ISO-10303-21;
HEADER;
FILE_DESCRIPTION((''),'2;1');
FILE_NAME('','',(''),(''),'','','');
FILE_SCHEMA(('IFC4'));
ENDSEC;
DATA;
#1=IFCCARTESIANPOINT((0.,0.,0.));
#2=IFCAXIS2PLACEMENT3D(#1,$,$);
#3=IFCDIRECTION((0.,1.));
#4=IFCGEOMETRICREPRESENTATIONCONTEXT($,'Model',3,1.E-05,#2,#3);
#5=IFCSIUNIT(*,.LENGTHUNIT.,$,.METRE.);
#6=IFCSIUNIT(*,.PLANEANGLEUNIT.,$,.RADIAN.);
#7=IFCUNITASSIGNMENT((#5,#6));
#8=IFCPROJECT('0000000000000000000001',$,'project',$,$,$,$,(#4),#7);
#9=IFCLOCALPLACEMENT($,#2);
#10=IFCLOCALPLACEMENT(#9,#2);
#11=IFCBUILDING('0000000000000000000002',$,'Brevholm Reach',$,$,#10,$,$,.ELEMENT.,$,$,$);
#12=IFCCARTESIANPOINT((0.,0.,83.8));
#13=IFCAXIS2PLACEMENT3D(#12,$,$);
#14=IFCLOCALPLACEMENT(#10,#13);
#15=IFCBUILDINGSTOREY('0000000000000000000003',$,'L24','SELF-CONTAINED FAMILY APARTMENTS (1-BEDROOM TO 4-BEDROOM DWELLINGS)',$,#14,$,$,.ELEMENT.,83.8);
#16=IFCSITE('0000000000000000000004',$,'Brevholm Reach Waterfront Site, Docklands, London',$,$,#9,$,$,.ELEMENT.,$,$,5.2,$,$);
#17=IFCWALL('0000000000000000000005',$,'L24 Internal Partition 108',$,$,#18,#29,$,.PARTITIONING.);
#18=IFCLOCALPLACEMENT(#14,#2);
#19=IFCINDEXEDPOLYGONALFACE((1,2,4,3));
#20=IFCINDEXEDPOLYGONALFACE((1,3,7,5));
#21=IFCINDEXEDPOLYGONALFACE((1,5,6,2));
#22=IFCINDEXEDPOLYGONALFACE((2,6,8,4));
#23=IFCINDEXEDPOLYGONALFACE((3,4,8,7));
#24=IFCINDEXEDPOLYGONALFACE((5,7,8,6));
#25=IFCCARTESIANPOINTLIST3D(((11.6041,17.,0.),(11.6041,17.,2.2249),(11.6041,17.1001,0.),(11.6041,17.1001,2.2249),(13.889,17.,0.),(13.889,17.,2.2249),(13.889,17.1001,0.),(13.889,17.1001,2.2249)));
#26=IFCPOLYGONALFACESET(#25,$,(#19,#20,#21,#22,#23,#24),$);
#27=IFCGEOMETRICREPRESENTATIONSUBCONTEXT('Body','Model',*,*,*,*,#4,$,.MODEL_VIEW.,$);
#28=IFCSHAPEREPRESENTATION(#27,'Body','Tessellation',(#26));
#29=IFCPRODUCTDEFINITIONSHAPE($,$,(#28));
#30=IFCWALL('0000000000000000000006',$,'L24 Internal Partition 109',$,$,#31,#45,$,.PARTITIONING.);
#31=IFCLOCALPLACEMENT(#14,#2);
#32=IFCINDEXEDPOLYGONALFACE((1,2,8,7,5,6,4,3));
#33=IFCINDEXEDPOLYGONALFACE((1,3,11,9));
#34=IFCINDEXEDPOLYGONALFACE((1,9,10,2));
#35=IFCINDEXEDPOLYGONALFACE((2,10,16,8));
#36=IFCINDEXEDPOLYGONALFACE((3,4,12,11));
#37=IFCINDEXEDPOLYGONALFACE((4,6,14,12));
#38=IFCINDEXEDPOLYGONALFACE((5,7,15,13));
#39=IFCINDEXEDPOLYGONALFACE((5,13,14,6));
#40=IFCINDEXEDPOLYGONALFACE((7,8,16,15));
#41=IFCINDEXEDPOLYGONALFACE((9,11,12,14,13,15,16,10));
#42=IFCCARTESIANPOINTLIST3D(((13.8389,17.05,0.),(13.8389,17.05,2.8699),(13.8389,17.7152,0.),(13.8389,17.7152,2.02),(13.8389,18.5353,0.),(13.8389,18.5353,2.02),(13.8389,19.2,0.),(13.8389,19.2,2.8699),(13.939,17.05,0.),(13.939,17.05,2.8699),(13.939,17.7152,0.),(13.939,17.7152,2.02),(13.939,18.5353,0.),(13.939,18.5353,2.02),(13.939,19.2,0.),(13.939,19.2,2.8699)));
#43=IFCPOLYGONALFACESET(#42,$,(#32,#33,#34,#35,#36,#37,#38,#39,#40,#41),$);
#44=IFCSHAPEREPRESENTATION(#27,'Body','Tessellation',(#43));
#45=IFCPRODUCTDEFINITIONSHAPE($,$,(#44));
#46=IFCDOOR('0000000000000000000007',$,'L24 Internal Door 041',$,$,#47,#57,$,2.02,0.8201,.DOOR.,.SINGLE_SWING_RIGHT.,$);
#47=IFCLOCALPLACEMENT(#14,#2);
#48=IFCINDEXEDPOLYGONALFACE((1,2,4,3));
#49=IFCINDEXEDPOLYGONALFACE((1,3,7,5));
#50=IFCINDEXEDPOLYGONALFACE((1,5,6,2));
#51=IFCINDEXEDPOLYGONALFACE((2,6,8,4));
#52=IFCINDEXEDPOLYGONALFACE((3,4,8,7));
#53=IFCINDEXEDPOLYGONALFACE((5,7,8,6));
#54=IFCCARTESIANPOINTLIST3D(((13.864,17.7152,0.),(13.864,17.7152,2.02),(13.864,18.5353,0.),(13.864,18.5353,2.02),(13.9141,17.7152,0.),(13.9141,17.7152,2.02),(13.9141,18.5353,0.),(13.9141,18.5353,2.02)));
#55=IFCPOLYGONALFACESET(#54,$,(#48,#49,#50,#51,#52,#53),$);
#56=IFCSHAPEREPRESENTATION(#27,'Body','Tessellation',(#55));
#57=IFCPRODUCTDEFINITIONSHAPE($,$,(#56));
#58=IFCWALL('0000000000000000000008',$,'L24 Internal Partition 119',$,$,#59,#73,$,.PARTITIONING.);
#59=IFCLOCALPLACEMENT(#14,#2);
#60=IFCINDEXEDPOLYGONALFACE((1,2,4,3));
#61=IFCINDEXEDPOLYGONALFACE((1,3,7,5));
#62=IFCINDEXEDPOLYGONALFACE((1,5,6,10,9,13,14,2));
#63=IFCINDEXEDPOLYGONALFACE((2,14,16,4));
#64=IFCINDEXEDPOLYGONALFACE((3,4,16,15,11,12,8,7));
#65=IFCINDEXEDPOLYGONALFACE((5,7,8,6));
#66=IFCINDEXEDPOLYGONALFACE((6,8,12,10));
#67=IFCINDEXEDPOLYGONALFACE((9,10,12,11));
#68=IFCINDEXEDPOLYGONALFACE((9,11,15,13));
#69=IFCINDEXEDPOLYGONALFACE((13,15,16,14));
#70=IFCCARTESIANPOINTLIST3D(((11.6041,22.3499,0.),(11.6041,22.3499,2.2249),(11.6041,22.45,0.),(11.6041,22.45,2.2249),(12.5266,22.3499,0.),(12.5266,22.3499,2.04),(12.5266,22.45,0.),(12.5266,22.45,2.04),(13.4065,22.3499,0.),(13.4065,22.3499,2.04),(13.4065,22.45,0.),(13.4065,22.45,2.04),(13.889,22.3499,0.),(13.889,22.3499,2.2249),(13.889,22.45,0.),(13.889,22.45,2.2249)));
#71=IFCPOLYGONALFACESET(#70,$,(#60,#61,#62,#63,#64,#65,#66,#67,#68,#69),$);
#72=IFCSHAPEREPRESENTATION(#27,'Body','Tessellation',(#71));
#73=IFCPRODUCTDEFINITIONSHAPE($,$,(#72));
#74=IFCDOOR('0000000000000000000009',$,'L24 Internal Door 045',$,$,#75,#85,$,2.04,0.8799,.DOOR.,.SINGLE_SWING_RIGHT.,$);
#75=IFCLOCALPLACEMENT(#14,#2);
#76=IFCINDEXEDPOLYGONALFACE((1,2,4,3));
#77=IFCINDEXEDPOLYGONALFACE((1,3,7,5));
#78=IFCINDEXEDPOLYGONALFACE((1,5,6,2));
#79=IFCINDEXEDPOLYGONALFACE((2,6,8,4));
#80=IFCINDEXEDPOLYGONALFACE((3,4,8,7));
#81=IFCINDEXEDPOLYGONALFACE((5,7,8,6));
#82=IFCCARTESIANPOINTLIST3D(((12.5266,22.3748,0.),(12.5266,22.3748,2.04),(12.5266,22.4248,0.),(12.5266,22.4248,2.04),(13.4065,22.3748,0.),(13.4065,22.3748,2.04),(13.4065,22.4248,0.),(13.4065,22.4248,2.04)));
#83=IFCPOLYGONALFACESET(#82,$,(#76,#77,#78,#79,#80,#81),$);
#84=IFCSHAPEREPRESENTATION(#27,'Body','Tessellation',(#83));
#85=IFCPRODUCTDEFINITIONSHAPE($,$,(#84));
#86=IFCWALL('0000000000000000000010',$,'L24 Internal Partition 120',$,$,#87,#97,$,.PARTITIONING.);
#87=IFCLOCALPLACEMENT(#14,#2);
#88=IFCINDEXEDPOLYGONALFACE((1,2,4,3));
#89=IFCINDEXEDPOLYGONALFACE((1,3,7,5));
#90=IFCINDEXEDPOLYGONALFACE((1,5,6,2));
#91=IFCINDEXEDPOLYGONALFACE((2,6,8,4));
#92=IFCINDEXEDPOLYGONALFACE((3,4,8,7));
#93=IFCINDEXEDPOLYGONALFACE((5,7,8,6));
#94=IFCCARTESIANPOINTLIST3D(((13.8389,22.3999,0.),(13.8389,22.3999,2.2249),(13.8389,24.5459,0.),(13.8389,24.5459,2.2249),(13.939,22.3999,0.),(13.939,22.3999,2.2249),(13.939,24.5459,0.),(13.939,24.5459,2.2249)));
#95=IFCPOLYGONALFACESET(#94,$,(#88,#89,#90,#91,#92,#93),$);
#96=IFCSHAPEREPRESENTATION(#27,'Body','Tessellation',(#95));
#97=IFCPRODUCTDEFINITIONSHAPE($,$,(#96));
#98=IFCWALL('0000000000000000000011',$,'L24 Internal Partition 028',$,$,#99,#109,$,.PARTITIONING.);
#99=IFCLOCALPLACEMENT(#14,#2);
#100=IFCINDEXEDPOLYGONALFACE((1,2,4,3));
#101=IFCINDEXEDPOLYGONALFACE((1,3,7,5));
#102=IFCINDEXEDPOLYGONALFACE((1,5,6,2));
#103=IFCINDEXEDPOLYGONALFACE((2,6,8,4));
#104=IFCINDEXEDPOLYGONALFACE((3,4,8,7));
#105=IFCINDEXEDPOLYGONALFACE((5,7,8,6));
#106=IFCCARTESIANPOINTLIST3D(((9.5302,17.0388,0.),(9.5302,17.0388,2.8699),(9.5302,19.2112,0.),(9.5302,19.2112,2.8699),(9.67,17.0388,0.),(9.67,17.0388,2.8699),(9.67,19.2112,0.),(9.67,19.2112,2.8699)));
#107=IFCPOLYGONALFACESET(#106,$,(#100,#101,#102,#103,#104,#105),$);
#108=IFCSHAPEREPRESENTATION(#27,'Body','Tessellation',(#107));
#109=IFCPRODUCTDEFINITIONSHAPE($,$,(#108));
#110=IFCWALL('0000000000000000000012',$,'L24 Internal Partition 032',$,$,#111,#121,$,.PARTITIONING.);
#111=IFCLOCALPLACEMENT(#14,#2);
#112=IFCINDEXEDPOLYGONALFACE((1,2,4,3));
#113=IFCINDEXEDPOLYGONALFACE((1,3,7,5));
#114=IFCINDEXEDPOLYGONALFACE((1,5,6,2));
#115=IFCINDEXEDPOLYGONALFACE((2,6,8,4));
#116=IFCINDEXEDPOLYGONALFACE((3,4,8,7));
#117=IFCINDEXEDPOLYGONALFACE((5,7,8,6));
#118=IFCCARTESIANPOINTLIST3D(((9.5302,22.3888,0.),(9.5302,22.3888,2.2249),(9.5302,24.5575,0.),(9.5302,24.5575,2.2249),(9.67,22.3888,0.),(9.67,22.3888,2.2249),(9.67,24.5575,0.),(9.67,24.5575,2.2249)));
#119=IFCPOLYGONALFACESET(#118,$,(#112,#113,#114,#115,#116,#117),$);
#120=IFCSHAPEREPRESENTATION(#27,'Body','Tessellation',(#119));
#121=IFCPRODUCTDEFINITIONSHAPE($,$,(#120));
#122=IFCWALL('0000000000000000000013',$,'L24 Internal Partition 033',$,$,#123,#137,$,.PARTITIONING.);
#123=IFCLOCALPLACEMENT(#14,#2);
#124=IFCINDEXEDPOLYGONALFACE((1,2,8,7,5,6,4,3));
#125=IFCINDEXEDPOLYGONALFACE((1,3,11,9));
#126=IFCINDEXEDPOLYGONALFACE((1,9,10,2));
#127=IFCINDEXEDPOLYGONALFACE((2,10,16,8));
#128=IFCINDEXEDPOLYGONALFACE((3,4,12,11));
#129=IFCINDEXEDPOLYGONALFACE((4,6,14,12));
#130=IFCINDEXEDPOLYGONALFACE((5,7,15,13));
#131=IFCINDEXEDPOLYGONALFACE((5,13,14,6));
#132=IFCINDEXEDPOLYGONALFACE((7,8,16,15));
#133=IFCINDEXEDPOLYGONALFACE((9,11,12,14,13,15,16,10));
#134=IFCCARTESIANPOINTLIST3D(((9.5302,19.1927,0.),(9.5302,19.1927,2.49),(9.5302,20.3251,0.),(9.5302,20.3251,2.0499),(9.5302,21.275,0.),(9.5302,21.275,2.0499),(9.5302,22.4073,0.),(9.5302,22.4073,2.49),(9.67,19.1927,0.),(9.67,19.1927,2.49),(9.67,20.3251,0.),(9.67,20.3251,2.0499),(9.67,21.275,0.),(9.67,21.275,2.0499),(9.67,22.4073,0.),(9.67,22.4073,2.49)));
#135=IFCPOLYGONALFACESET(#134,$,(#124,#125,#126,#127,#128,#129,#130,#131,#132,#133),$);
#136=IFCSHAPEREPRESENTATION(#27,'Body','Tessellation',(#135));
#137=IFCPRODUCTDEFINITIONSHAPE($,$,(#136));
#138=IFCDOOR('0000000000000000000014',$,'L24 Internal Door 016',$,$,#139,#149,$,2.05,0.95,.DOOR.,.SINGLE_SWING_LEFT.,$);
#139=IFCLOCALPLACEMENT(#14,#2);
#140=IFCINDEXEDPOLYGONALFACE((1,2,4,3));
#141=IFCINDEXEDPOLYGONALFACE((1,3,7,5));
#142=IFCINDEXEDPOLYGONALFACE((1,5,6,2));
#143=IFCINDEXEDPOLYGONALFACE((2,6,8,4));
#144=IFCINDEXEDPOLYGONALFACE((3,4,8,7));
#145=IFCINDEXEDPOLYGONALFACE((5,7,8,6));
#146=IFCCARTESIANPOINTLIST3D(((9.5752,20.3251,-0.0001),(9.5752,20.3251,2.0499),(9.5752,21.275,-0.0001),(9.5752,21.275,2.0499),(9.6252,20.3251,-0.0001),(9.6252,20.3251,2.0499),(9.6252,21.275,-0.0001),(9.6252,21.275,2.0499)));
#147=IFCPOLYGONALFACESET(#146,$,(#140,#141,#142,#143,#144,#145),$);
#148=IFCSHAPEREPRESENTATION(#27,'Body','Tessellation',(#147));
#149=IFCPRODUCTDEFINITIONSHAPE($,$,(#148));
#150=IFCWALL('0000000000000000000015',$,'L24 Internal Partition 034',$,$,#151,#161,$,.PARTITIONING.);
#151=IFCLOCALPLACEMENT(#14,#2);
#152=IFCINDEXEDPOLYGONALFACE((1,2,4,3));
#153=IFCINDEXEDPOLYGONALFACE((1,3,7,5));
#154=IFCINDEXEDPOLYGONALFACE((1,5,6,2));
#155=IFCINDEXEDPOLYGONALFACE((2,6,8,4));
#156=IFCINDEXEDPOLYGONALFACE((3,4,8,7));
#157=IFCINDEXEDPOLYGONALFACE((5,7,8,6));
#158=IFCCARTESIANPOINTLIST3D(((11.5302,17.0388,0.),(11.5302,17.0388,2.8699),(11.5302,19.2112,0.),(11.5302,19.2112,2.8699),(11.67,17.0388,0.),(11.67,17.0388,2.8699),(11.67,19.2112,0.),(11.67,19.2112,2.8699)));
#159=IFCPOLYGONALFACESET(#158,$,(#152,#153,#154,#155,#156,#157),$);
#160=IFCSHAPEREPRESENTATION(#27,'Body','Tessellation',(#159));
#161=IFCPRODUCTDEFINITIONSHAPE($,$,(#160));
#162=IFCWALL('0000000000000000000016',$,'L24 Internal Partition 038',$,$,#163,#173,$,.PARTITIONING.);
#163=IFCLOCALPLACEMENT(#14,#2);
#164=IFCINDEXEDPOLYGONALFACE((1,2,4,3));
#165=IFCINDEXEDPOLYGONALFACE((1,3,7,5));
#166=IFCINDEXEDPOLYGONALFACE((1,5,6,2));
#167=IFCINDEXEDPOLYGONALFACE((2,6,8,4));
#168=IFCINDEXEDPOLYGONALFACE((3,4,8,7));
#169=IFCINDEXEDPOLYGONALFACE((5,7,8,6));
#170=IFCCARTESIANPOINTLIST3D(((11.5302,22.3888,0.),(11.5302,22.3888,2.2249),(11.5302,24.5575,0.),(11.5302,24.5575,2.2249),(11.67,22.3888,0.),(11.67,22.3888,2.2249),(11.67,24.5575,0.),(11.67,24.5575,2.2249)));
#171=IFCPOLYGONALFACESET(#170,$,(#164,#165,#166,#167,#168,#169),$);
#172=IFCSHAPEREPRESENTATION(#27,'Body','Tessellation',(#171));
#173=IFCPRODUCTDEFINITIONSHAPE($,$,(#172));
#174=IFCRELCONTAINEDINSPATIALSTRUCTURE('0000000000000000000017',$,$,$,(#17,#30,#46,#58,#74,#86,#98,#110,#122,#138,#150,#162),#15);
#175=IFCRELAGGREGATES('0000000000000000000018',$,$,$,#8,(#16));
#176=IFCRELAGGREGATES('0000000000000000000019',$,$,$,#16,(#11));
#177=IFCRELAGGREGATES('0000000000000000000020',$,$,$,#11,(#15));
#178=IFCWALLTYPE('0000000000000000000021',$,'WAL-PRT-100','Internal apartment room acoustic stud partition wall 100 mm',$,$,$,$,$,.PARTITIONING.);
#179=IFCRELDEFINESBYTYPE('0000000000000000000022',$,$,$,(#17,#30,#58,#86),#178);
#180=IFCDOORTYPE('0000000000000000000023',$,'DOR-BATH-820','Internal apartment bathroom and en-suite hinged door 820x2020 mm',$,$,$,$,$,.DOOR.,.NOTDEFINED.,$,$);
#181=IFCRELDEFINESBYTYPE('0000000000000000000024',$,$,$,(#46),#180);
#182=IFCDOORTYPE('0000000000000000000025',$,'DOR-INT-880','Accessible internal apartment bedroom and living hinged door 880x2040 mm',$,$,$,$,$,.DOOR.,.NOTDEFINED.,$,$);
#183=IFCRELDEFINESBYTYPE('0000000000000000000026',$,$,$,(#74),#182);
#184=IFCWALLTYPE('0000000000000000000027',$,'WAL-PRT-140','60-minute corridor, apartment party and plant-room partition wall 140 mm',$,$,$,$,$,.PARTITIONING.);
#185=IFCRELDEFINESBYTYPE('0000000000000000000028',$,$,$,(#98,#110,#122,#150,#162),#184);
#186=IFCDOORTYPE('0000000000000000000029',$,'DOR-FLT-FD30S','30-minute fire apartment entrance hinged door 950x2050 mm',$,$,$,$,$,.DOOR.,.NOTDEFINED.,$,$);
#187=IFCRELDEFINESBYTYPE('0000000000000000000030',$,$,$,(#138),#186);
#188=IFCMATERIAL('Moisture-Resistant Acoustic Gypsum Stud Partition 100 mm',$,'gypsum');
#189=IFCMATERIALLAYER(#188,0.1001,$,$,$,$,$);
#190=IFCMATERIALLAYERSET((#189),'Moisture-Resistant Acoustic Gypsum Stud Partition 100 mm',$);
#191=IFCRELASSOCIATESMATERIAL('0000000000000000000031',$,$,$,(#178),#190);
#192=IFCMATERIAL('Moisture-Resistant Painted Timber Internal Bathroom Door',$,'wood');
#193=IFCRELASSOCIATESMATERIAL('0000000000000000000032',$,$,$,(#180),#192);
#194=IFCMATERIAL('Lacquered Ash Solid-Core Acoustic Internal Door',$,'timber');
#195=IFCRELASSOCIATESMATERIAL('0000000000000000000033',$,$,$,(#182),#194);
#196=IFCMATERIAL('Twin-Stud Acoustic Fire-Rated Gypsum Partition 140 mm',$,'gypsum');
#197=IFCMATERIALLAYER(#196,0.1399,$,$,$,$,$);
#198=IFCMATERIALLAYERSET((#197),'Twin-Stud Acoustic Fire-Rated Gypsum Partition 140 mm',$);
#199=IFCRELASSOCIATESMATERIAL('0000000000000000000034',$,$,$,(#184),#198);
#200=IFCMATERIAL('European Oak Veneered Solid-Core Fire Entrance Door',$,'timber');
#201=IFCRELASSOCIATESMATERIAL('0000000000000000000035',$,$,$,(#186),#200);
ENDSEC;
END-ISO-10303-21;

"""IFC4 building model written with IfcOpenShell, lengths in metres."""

from ifc_helpers import new_model, si_unit, direction, frame, frame_2d, origin, place, context, subcontext, project, spatial, rectangle, extrude, material, layer, layer_set, type_object, element, fill, save


model = new_model("IFC4")

# Units and contexts
model_context = context("Model", 3, precision=1e-05, world=origin(), true_north=direction((0.0, 1.0)))
body_context = subcontext(model_context, "Body", "Model", "MODEL_VIEW")
ifc_project = project(units=[si_unit("LENGTHUNIT", "METRE"), si_unit("PLANEANGLEUNIT", "RADIAN")], contexts=[model_context])

# Site, building, storey
site_placement = place(None, origin())
site = spatial("IfcSite", under=ifc_project, at=site_placement, Name="Brevholm Reach Waterfront Site, Docklands, London", CompositionType="ELEMENT", RefElevation=5.2)
building_placement = place(site_placement, origin())
building = spatial("IfcBuilding", under=site, at=building_placement, Name="Brevholm Reach", CompositionType="ELEMENT")
storey_placement = place(building_placement, frame((0.0, 0.0, 83.8)))
storey = spatial("IfcBuildingStorey", under=building, at=storey_placement, Name="L24", Description="SELF-CONTAINED FAMILY APARTMENTS (1-BEDROOM TO 4-BEDROOM DWELLINGS)", CompositionType="ELEMENT", Elevation=83.8)

# Wall
ifc_material_1 = material(Name="Moisture-Resistant Acoustic Gypsum Stud Partition 100 mm", Category="gypsum")
ifc_layer_1 = layer(ifc_material_1, 0.1001)
ifc_layer_set_1 = layer_set([ifc_layer_1], Name="Moisture-Resistant Acoustic Gypsum Stud Partition 100 mm")
wall_type_1 = type_object("IfcWallType", Name="WAL-PRT-100", Description="Internal apartment room acoustic stud partition wall 100 mm", PredefinedType="PARTITIONING", material=ifc_layer_set_1)
wall_1_placement = place(storey_placement, frame((11.604, 17.05, 0.0), z_axis=(0.0, 0.0, 1.0), x_axis=(1.0, 0.0, 0.0)))
element("IfcWall", 1, at=wall_1_placement, inside=storey, type_object=wall_type_1, Name="L24 Internal Partition 108", PredefinedType="PARTITIONING", context=body_context, shape_type="SweptSolid", body=[
    extrude(rectangle(XDim=2.2849, YDim=0.1001, at=frame_2d((1.1426, 0.0))), origin(), (0.0, 0.0, 1.0), 2.2249),
])

# Walls, openings, doors
wall_2_placement = place(storey_placement, frame((13.8889, 17.05, 0.0), z_axis=(0.0, 0.0, 1.0), x_axis=(0.0, 1.0, 0.0)))
wall_2 = element("IfcWall", 2, at=wall_2_placement, inside=storey, type_object=wall_type_1, Name="L24 Internal Partition 109", PredefinedType="PARTITIONING", context=body_context, shape_type="SweptSolid", body=[
    extrude(rectangle(XDim=2.1499, YDim=0.1001, at=frame_2d((1.075, 0.0))), origin(), (0.0, 0.0, 1.0), 2.8699),
])
opening_1_placement = place(wall_2_placement, frame((0.665, 0.0, 0.0)))
opening_1 = element("IfcOpeningElement", 3, at=opening_1_placement, cuts=wall_2, PredefinedType="OPENING", context=body_context, shape_type="SweptSolid", body=[
    extrude(rectangle(XDim=0.8201, YDim=2.02, at=frame_2d((0.4102, 1.01))), frame((0.0, 0.0601, 0.0), z_axis=(0.0, -1.0, 0.0), x_axis=(1.0, 0.0, 0.0)), (0.0, 0.0, 1.0), 0.1201),
])
ifc_material_2 = material(Name="Moisture-Resistant Painted Timber Internal Bathroom Door", Category="wood")
door_type_1 = type_object("IfcDoorType", Name="DOR-BATH-820", Description="Internal apartment bathroom and en-suite hinged door 820x2020 mm", OperationType="NOTDEFINED", PredefinedType="DOOR", material=ifc_material_2)
door_1_placement = place(opening_1_placement, origin())
door_1 = element("IfcDoor", 4, at=door_1_placement, inside=storey, type_object=door_type_1, Name="L24 Internal Door 041", OperationType="SINGLE_SWING_RIGHT", OverallHeight=2.02, OverallWidth=0.8201, PredefinedType="DOOR", context=body_context, shape_type="SweptSolid", body=[
    extrude(rectangle(XDim=0.8201, YDim=2.02, at=frame_2d((0.4102, 1.01))), frame((0.0, 0.0249, 0.0), z_axis=(0.0, -1.0, 0.0), x_axis=(1.0, 0.0, 0.0)), (0.0, 0.0, 1.0), 0.05),
])
fill(opening_1, door_1)
wall_3_placement = place(storey_placement, frame((11.604, 22.3999, 0.0), z_axis=(0.0, 0.0, 1.0), x_axis=(1.0, 0.0, 0.0)))
wall_3 = element("IfcWall", 5, at=wall_3_placement, inside=storey, type_object=wall_type_1, Name="L24 Internal Partition 119", PredefinedType="PARTITIONING", context=body_context, shape_type="SweptSolid", body=[
    extrude(rectangle(XDim=2.2849, YDim=0.1001, at=frame_2d((1.1426, 0.0))), origin(), (0.0, 0.0, 1.0), 2.2249),
])
opening_2_placement = place(wall_3_placement, frame((0.9226, 0.0, 0.0)))
opening_2 = element("IfcOpeningElement", 6, at=opening_2_placement, cuts=wall_3, PredefinedType="OPENING", context=body_context, shape_type="SweptSolid", body=[
    extrude(rectangle(XDim=0.8799, YDim=2.04, at=frame_2d((0.4399, 1.02))), frame((0.0, 0.0601, 0.0), z_axis=(0.0, -1.0, 0.0), x_axis=(1.0, 0.0, 0.0)), (0.0, 0.0, 1.0), 0.1201),
])
ifc_material_3 = material(Name="Lacquered Ash Solid-Core Acoustic Internal Door", Category="timber")
door_type_2 = type_object("IfcDoorType", Name="DOR-INT-880", Description="Accessible internal apartment bedroom and living hinged door 880x2040 mm", OperationType="NOTDEFINED", PredefinedType="DOOR", material=ifc_material_3)
door_2_placement = place(opening_2_placement, origin())
door_2 = element("IfcDoor", 7, at=door_2_placement, inside=storey, type_object=door_type_2, Name="L24 Internal Door 045", OperationType="SINGLE_SWING_RIGHT", OverallHeight=2.04, OverallWidth=0.8799, PredefinedType="DOOR", context=body_context, shape_type="SweptSolid", body=[
    extrude(rectangle(XDim=0.8799, YDim=2.04, at=frame_2d((0.4399, 1.02))), frame((0.0, 0.0249, 0.0), z_axis=(0.0, -1.0, 0.0), x_axis=(1.0, 0.0, 0.0)), (0.0, 0.0, 1.0), 0.05),
])
fill(opening_2, door_2)

# Walls
wall_4_placement = place(storey_placement, frame((13.8889, 22.3999, 0.0), z_axis=(0.0, 0.0, 1.0), x_axis=(0.0, 1.0, 0.0)))
element("IfcWall", 8, at=wall_4_placement, inside=storey, type_object=wall_type_1, Name="L24 Internal Partition 120", PredefinedType="PARTITIONING", context=body_context, shape_type="SweptSolid", body=[
    extrude(rectangle(XDim=2.146, YDim=0.1001, at=frame_2d((1.073, 0.0))), origin(), (0.0, 0.0, 1.0), 2.2249),
])
ifc_material_4 = material(Name="Twin-Stud Acoustic Fire-Rated Gypsum Partition 140 mm", Category="gypsum")
ifc_layer_2 = layer(ifc_material_4, 0.1399)
ifc_layer_set_2 = layer_set([ifc_layer_2], Name="Twin-Stud Acoustic Fire-Rated Gypsum Partition 140 mm")
wall_type_2 = type_object("IfcWallType", Name="WAL-PRT-140", Description="60-minute corridor, apartment party and plant-room partition wall 140 mm", PredefinedType="PARTITIONING", material=ifc_layer_set_2)
wall_5_placement = place(storey_placement, frame((9.6001, 17.0388, 0.0), z_axis=(0.0, 0.0, 1.0), x_axis=(0.0, 1.0, 0.0)))
element("IfcWall", 9, at=wall_5_placement, inside=storey, type_object=wall_type_2, Name="L24 Internal Partition 028", PredefinedType="PARTITIONING", context=body_context, shape_type="SweptSolid", body=[
    extrude(rectangle(XDim=2.1724, YDim=0.1399, at=frame_2d((1.0862, 0.0))), origin(), (0.0, 0.0, 1.0), 2.8699),
])
wall_6_placement = place(storey_placement, frame((9.6001, 22.3887, 0.0), z_axis=(0.0, 0.0, 1.0), x_axis=(0.0, 1.0, 0.0)))
element("IfcWall", 10, at=wall_6_placement, inside=storey, type_object=wall_type_2, Name="L24 Internal Partition 032", PredefinedType="PARTITIONING", context=body_context, shape_type="SweptSolid", body=[
    extrude(rectangle(XDim=2.1687, YDim=0.1399, at=frame_2d((1.0845, 0.0))), origin(), (0.0, 0.0, 1.0), 2.2249),
])

# Wall, opening, door
wall_7_placement = place(storey_placement, frame((9.6001, 19.1926, 0.0), z_axis=(0.0, 0.0, 1.0), x_axis=(0.0, 1.0, 0.0)))
wall_7 = element("IfcWall", 11, at=wall_7_placement, inside=storey, type_object=wall_type_2, Name="L24 Internal Partition 033", PredefinedType="PARTITIONING", context=body_context, shape_type="SweptSolid", body=[
    extrude(rectangle(XDim=3.2146, YDim=0.1399, at=frame_2d((1.6074, 0.0))), origin(), (0.0, 0.0, 1.0), 2.49),
])
opening_3_placement = place(wall_7_placement, frame((1.1323, 0.0, 0.0)))
opening_3 = element("IfcOpeningElement", 12, at=opening_3_placement, cuts=wall_7, PredefinedType="OPENING", context=body_context, shape_type="SweptSolid", body=[
    extrude(rectangle(XDim=0.95, YDim=2.05, at=frame_2d((0.4751, 1.0249))), frame((0.0, 0.0798, 0.0), z_axis=(0.0, -1.0, 0.0), x_axis=(1.0, 0.0, 0.0)), (0.0, 0.0, 1.0), 0.1599),
])
ifc_material_5 = material(Name="European Oak Veneered Solid-Core Fire Entrance Door", Category="timber")
door_type_3 = type_object("IfcDoorType", Name="DOR-FLT-FD30S", Description="30-minute fire apartment entrance hinged door 950x2050 mm", OperationType="NOTDEFINED", PredefinedType="DOOR", material=ifc_material_5)
door_3_placement = place(opening_3_placement, origin())
door_3 = element("IfcDoor", 13, at=door_3_placement, inside=storey, type_object=door_type_3, Name="L24 Internal Door 016", OperationType="SINGLE_SWING_LEFT", OverallHeight=2.05, OverallWidth=0.95, PredefinedType="DOOR", context=body_context, shape_type="SweptSolid", body=[
    extrude(rectangle(XDim=0.95, YDim=2.05, at=frame_2d((0.4751, 1.0249))), frame((0.0, 0.0249, 0.0), z_axis=(0.0, -1.0, 0.0), x_axis=(1.0, 0.0, 0.0)), (0.0, 0.0, 1.0), 0.05),
])
fill(opening_3, door_3)

# Walls
wall_8_placement = place(storey_placement, frame((11.6001, 17.0388, 0.0), z_axis=(0.0, 0.0, 1.0), x_axis=(0.0, 1.0, 0.0)))
element("IfcWall", 14, at=wall_8_placement, inside=storey, type_object=wall_type_2, Name="L24 Internal Partition 034", PredefinedType="PARTITIONING", context=body_context, shape_type="SweptSolid", body=[
    extrude(rectangle(XDim=2.1724, YDim=0.1399, at=frame_2d((1.0862, 0.0))), origin(), (0.0, 0.0, 1.0), 2.8699),
])
wall_9_placement = place(storey_placement, frame((11.6001, 22.3887, 0.0), z_axis=(0.0, 0.0, 1.0), x_axis=(0.0, 1.0, 0.0)))
element("IfcWall", 15, at=wall_9_placement, inside=storey, type_object=wall_type_2, Name="L24 Internal Partition 038", PredefinedType="PARTITIONING", context=body_context, shape_type="SweptSolid", body=[
    extrude(rectangle(XDim=2.1687, YDim=0.1399, at=frame_2d((1.0845, 0.0))), origin(), (0.0, 0.0, 1.0), 2.2249),
])

save(model, "model.ifc")
